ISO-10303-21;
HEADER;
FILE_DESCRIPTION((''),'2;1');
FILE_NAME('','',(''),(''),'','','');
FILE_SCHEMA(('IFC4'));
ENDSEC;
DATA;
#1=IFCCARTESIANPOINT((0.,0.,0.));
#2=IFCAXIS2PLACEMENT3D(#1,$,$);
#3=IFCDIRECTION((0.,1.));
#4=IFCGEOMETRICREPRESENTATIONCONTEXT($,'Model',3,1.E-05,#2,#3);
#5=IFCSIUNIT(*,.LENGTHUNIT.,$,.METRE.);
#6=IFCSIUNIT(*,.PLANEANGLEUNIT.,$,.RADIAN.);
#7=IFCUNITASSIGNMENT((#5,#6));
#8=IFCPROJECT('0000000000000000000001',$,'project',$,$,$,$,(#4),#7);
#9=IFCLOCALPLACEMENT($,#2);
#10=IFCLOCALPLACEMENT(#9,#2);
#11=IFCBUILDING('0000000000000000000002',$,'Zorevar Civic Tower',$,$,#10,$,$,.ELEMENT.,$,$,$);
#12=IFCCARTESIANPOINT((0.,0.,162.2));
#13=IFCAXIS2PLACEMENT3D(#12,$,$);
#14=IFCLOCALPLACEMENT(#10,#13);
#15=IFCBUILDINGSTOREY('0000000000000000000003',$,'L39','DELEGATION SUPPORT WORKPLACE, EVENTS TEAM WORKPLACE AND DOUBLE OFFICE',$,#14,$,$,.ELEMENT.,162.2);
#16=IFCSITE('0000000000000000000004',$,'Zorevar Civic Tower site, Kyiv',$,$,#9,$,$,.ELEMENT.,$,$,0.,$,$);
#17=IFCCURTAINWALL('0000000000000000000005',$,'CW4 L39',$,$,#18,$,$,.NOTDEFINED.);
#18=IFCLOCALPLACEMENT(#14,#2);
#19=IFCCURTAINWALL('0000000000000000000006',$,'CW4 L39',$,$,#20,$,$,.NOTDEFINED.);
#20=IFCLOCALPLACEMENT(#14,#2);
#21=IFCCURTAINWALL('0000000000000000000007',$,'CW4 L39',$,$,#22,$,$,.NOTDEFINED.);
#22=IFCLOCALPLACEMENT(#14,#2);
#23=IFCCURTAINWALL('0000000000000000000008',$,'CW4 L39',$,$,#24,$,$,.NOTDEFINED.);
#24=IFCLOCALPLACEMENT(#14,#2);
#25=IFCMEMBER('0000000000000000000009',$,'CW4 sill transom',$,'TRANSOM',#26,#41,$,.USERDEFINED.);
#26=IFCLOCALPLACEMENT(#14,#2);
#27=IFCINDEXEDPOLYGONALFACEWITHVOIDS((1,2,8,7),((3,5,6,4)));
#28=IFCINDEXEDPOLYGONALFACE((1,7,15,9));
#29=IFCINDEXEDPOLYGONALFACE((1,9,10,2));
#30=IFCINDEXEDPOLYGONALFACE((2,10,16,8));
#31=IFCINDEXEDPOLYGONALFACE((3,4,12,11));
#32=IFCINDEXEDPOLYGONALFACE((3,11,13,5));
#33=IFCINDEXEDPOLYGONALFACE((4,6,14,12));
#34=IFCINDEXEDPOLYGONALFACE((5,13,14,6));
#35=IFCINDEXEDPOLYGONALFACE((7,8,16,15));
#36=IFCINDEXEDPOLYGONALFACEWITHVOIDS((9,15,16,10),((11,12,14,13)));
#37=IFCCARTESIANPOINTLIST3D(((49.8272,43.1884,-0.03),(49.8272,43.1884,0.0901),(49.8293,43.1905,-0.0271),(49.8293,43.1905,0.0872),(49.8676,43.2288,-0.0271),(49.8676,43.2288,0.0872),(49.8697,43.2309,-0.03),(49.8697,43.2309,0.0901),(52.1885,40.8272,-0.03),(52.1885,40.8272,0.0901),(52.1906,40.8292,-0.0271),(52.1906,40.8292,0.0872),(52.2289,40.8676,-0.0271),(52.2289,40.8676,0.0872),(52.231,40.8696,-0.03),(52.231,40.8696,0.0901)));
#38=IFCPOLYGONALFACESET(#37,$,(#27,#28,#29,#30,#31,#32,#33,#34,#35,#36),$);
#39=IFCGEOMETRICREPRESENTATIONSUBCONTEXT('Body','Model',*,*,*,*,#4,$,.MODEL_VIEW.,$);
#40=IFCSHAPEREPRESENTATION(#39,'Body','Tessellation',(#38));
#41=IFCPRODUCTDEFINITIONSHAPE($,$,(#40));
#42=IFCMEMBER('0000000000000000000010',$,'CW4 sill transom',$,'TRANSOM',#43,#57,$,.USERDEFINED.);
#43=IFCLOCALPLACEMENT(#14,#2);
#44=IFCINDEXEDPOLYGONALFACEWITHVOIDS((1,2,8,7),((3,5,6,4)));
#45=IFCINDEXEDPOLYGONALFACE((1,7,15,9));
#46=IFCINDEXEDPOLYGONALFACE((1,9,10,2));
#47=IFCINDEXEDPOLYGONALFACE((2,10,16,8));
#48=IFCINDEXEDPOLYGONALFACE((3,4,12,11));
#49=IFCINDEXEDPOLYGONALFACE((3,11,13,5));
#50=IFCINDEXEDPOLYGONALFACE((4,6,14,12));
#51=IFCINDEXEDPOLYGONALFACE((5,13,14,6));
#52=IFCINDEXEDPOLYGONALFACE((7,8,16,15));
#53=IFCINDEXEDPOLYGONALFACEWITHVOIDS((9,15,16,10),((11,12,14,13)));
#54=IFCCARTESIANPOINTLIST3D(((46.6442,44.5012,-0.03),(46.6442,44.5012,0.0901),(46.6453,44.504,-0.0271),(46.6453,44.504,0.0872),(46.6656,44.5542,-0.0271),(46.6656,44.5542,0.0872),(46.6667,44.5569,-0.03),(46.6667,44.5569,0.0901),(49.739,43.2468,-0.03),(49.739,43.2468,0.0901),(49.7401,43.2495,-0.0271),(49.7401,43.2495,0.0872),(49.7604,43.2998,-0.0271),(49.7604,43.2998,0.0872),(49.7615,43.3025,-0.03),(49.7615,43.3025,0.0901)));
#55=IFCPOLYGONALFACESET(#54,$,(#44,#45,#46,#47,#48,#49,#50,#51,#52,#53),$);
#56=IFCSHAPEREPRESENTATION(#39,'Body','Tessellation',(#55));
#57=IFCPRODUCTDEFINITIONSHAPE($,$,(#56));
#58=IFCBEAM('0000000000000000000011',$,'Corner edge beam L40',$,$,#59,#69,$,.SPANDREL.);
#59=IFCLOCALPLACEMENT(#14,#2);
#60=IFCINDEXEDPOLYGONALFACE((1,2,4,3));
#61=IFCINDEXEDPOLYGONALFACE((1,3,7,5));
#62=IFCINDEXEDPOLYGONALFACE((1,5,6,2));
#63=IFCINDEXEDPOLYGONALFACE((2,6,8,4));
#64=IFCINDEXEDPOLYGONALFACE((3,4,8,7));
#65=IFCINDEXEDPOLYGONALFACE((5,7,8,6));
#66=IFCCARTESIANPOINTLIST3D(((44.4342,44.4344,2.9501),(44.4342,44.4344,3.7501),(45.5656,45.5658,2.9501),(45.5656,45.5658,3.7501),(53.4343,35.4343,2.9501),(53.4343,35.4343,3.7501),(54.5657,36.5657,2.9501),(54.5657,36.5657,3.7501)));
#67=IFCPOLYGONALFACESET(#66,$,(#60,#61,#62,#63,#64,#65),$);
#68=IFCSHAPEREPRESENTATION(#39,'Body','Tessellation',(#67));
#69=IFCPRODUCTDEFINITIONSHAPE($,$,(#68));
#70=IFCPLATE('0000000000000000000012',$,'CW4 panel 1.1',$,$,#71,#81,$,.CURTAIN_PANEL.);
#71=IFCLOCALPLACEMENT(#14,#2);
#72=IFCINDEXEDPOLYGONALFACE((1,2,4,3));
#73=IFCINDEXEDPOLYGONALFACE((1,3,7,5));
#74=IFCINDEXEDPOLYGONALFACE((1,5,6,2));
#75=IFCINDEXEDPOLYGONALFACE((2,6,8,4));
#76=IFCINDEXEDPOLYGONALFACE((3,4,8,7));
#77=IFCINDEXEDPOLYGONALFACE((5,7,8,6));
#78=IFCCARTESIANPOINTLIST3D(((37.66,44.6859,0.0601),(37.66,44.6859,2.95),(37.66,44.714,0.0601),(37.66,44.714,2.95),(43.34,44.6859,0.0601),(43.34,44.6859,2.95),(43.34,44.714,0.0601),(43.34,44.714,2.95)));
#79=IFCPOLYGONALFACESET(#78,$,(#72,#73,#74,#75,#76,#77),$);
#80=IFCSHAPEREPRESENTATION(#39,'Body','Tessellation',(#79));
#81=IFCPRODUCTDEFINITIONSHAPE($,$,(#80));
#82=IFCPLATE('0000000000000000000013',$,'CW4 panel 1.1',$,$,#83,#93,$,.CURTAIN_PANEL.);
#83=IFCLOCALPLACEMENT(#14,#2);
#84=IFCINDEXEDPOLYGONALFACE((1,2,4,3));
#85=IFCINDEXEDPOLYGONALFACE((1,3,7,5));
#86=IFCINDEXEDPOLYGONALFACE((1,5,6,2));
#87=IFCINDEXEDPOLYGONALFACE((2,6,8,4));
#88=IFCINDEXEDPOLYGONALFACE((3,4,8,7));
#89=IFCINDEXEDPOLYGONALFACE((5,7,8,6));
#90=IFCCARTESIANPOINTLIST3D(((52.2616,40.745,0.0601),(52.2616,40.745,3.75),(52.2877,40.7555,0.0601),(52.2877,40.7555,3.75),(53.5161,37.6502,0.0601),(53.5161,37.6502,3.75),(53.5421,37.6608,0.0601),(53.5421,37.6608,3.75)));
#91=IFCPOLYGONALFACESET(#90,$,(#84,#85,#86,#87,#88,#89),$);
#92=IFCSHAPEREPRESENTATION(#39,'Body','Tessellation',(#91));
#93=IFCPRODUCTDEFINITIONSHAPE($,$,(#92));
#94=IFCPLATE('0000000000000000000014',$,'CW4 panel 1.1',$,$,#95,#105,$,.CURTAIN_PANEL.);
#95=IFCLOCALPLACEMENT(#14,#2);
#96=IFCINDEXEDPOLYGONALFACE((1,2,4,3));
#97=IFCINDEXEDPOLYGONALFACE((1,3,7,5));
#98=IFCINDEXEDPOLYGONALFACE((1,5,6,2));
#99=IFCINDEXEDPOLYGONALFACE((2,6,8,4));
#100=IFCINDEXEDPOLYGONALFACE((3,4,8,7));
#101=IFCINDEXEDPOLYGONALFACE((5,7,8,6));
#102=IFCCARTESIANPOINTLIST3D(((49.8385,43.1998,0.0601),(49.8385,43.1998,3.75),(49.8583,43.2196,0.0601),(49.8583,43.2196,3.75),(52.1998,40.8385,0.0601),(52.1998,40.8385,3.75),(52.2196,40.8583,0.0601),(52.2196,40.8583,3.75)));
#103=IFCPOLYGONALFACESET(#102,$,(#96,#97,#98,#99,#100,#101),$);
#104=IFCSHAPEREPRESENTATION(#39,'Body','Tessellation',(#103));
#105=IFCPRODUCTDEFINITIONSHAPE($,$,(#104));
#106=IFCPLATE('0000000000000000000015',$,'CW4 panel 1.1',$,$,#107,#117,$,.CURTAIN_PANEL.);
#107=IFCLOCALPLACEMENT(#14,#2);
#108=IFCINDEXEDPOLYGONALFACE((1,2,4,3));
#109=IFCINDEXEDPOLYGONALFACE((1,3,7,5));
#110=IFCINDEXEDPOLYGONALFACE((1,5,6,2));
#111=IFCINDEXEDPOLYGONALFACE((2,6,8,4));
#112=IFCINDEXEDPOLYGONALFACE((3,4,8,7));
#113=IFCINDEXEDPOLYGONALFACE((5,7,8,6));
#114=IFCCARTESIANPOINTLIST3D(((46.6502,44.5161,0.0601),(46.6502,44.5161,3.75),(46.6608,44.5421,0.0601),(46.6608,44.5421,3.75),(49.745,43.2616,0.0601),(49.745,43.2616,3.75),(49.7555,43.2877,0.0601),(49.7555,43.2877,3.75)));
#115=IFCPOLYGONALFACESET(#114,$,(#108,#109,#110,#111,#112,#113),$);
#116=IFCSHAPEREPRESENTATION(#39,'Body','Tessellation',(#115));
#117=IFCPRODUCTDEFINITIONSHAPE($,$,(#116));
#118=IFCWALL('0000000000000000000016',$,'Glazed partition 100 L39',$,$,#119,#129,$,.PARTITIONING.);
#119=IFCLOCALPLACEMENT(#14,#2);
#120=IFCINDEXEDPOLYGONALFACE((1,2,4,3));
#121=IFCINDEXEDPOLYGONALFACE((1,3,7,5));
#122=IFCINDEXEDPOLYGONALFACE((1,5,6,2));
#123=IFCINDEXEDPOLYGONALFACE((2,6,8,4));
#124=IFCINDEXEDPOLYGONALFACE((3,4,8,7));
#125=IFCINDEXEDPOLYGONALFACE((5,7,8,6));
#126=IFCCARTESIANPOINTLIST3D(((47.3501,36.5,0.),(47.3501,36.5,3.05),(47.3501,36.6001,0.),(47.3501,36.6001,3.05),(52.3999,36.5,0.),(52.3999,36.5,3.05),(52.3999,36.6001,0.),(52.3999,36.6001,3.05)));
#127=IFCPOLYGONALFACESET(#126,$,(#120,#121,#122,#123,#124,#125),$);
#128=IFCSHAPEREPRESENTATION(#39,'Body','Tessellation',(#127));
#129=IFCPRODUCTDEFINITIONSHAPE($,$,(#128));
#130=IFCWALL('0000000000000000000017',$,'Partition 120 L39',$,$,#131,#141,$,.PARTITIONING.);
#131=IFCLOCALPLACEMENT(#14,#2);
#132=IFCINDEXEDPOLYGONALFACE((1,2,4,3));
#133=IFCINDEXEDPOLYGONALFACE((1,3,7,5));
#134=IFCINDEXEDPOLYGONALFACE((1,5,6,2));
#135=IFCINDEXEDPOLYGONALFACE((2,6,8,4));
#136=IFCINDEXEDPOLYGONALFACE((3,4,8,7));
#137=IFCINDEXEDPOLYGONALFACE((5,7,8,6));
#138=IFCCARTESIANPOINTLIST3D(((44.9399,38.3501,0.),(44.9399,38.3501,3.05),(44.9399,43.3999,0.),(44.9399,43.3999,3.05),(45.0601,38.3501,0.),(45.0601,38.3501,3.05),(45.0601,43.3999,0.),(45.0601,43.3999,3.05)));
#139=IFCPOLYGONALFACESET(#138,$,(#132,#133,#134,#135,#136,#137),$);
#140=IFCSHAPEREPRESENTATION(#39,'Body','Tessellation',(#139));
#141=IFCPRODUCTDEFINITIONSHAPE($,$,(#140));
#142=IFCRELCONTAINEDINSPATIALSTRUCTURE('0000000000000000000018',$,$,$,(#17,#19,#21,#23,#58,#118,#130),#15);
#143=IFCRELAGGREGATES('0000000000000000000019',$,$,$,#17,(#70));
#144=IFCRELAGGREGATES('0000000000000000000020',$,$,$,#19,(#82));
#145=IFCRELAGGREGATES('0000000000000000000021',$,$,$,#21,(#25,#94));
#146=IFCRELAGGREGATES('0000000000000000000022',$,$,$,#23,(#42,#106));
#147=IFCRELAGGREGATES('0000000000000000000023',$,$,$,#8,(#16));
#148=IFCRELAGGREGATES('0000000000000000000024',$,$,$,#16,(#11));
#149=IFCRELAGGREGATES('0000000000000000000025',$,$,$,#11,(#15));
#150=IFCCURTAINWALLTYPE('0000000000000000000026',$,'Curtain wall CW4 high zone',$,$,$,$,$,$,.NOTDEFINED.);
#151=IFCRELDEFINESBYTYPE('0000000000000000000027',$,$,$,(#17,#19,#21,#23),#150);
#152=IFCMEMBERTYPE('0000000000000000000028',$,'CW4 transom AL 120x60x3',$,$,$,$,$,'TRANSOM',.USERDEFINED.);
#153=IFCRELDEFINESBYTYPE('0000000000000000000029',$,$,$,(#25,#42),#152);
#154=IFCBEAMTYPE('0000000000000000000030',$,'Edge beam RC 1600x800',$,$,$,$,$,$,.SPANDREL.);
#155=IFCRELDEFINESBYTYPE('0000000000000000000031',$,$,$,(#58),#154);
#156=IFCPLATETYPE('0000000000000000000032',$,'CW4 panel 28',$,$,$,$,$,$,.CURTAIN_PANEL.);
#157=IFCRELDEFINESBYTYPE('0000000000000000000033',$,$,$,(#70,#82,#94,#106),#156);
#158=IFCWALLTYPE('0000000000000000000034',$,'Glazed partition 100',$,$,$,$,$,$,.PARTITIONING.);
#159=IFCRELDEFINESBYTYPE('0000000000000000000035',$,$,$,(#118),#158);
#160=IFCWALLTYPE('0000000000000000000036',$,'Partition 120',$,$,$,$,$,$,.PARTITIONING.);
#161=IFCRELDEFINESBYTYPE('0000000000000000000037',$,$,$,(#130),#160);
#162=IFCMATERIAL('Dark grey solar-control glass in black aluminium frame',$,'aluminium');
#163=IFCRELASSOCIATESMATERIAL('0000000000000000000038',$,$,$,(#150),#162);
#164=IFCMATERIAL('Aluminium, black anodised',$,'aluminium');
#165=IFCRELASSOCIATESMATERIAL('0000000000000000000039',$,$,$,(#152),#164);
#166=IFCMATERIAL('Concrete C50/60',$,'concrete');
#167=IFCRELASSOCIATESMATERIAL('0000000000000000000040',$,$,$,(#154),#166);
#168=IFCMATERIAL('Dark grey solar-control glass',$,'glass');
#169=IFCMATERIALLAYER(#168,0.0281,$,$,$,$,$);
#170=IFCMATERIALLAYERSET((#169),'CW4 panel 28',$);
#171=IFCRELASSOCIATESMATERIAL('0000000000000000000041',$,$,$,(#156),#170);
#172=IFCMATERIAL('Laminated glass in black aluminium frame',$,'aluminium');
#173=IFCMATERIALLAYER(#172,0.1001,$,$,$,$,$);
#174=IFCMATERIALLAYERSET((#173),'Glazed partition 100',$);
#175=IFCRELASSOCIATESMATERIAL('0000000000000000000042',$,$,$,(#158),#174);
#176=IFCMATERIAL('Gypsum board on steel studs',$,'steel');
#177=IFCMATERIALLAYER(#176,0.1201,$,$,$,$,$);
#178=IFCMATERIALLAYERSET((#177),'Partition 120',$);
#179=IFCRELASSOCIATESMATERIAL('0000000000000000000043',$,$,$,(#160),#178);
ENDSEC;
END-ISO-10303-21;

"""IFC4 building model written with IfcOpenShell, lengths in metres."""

from ifc_helpers import new_model, si_unit, direction, frame, frame_2d, origin, origin_2d, place, context, subcontext, project, spatial, rectangle, hollow_rectangle, extrude, material, layer, layer_set, material_profile, profile_set, type_object, element, aggregate, save


model = new_model("IFC4")

# Units and contexts
model_context = context("Model", 3, precision=1e-05, world=origin(), true_north=direction((0.0, 1.0)))
body_context = subcontext(model_context, "Body", "Model", "MODEL_VIEW")
ifc_project = project(units=[si_unit("LENGTHUNIT", "METRE"), si_unit("PLANEANGLEUNIT", "RADIAN")], contexts=[model_context])

# Site, building, storey
site_placement = place(None, origin())
site = spatial("IfcSite", under=ifc_project, at=site_placement, Name="Zorevar Civic Tower site, Kyiv", CompositionType="ELEMENT", RefElevation=0.0)
building_placement = place(site_placement, origin())
building = spatial("IfcBuilding", under=site, at=building_placement, Name="Zorevar Civic Tower", CompositionType="ELEMENT")
storey_placement = place(building_placement, frame((0.0, 0.0, 162.2)))
storey = spatial("IfcBuildingStorey", under=building, at=storey_placement, Name="L39", Description="DELEGATION SUPPORT WORKPLACE, EVENTS TEAM WORKPLACE AND DOUBLE OFFICE", CompositionType="ELEMENT", Elevation=162.2)

# Curtain wall
ifc_material_1 = material(Name="Dark grey solar-control glass in black aluminium frame", Category="aluminium")
curtain_wall_type = type_object("IfcCurtainWallType", Name="Curtain wall CW4 high zone", PredefinedType="NOTDEFINED", material=ifc_material_1)
curtain_wall_1_placement = place(storey_placement, origin())
curtain_wall_1 = element("IfcCurtainWall", 1, at=curtain_wall_1_placement, inside=storey, type_object=curtain_wall_type, Name="CW4 L39", PredefinedType="NOTDEFINED")

# Curtain walls
curtain_wall_2_placement = place(storey_placement, origin())
curtain_wall_2 = element("IfcCurtainWall", 2, at=curtain_wall_2_placement, inside=storey, type_object=curtain_wall_type, Name="CW4 L39", PredefinedType="NOTDEFINED")
curtain_wall_3_placement = place(storey_placement, origin())
curtain_wall_3 = element("IfcCurtainWall", 3, at=curtain_wall_3_placement, inside=storey, type_object=curtain_wall_type, Name="CW4 L39", PredefinedType="NOTDEFINED")
curtain_wall_4_placement = place(storey_placement, origin())
curtain_wall_4 = element("IfcCurtainWall", 4, at=curtain_wall_4_placement, inside=storey, type_object=curtain_wall_type, Name="CW4 L39", PredefinedType="NOTDEFINED")

# Members
ifc_material_2 = material(Name="Aluminium, black anodised", Category="aluminium")
ifc_material_profile_1 = material_profile(ifc_material_2, hollow_rectangle(XDim=0.0601, YDim=0.1201, WallThickness=0.0029, at=origin_2d()), Name="AL 120x60x3")
ifc_profile_set_1 = profile_set([ifc_material_profile_1], Name="Aluminium, black anodised")
member_type_1 = type_object("IfcMemberType", Name="CW4 transom AL 120x60x3", ElementType="TRANSOM", PredefinedType="USERDEFINED", material=ifc_profile_set_1)
member_1_placement = place(storey_placement, frame((52.2097, 40.8484, 0.03), z_axis=(-0.707107, 0.707107, 0.0), x_axis=(-0.707107, -0.707107, 0.0)))
member_1 = element("IfcMember", 5, at=member_1_placement, type_object=member_type_1, Name="CW4 sill transom", ObjectType="TRANSOM", PredefinedType="USERDEFINED", context=body_context, shape_type="SweptSolid", body=[
    extrude(hollow_rectangle(XDim=0.0601, YDim=0.1201, WallThickness=0.0029, at=origin_2d()), origin(), (0.0, 0.0, 1.0), 3.3394),
])
member_2_placement = place(storey_placement, frame((49.7502, 43.2747, 0.03), z_axis=(-0.926763, 0.375647, 0.0), x_axis=(-0.375647, -0.926763, 0.0)))
member_2 = element("IfcMember", 6, at=member_2_placement, type_object=member_type_1, Name="CW4 sill transom", ObjectType="TRANSOM", PredefinedType="USERDEFINED", context=body_context, shape_type="SweptSolid", body=[
    extrude(hollow_rectangle(XDim=0.0601, YDim=0.1201, WallThickness=0.0029, at=origin_2d()), origin(), (0.0, 0.0, 1.0), 3.3394),
])

# Beam
ifc_material_3 = material(Name="Concrete C50/60", Category="concrete")
ifc_material_profile_2 = material_profile(ifc_material_3, rectangle(XDim=1.6001, YDim=0.8, at=origin_2d()), Name="RC 1600x800")
ifc_profile_set_2 = profile_set([ifc_material_profile_2], Name="Concrete C50/60")
beam_type_1 = type_object("IfcBeamType", Name="Edge beam RC 1600x800", PredefinedType="SPANDREL", material=ifc_profile_set_2)
beam_1_placement = place(storey_placement, frame((54.0, 36.0, 3.3501), z_axis=(-0.707107, 0.707107, 0.0), x_axis=(-0.707107, -0.707107, 0.0)))
element("IfcBeam", 7, at=beam_1_placement, inside=storey, type_object=beam_type_1, Name="Corner edge beam L40", PredefinedType="SPANDREL", context=body_context, shape_type="SweptSolid", body=[
    extrude(rectangle(XDim=1.6001, YDim=0.8, at=origin_2d()), origin(), (0.0, 0.0, 1.0), 12.728),
])

# Plates
ifc_material_4 = material(Name="Dark grey solar-control glass", Category="glass")
ifc_layer_1 = layer(ifc_material_4, 0.0281)
ifc_layer_set_1 = layer_set([ifc_layer_1], Name="CW4 panel 28")
plate_type = type_object("IfcPlateType", Name="CW4 panel 28", PredefinedType="CURTAIN_PANEL", material=ifc_layer_set_1)
plate_1_placement = place(storey_placement, frame((40.5, 44.7, 0.0601), z_axis=(0.0, 0.0, 1.0), x_axis=(1.0, 0.0, 0.0)))
plate_1 = element("IfcPlate", 8, at=plate_1_placement, type_object=plate_type, Name="CW4 panel 1.1", PredefinedType="CURTAIN_PANEL", context=body_context, shape_type="SweptSolid", body=[
    extrude(rectangle(XDim=5.6799, YDim=0.0281, at=origin_2d()), origin(), (0.0, 0.0, 1.0), 2.8899),
])
aggregate(curtain_wall_1, [plate_1])
plate_2_placement = place(storey_placement, frame((52.9019, 39.2029, 0.0601), z_axis=(0.0, 0.0, 1.0), x_axis=(-0.37565, 0.926762, 0.0)))
plate_2 = element("IfcPlate", 9, at=plate_2_placement, type_object=plate_type, Name="CW4 panel 1.1", PredefinedType="CURTAIN_PANEL", context=body_context, shape_type="SweptSolid", body=[
    extrude(rectangle(XDim=3.3394, YDim=0.0281, at=origin_2d()), origin(), (0.0, 0.0, 1.0), 3.6899),
])
aggregate(curtain_wall_2, [plate_2])
plate_3_placement = place(storey_placement, frame((51.0291, 42.0291, 0.0601), z_axis=(0.0, 0.0, 1.0), x_axis=(-0.707107, 0.707107, 0.0)))
plate_3 = element("IfcPlate", 10, at=plate_3_placement, type_object=plate_type, Name="CW4 panel 1.1", PredefinedType="CURTAIN_PANEL", context=body_context, shape_type="SweptSolid", body=[
    extrude(rectangle(XDim=3.3394, YDim=0.0281, at=origin_2d()), origin(), (0.0, 0.0, 1.0), 3.6899),
])
aggregate(curtain_wall_3, [member_1, plate_3])
plate_4_placement = place(storey_placement, frame((48.2029, 43.9019, 0.0601), z_axis=(0.0, 0.0, 1.0), x_axis=(-0.926762, 0.37565, 0.0)))
plate_4 = element("IfcPlate", 11, at=plate_4_placement, type_object=plate_type, Name="CW4 panel 1.1", PredefinedType="CURTAIN_PANEL", context=body_context, shape_type="SweptSolid", body=[
    extrude(rectangle(XDim=3.3394, YDim=0.0281, at=origin_2d()), origin(), (0.0, 0.0, 1.0), 3.6899),
])
aggregate(curtain_wall_4, [member_2, plate_4])

# Wall
ifc_material_5 = material(Name="Laminated glass in black aluminium frame", Category="aluminium")
ifc_layer_2 = layer(ifc_material_5, 0.1001)
ifc_layer_set_2 = layer_set([ifc_layer_2], Name="Glazed partition 100")
wall_type_1 = type_object("IfcWallType", Name="Glazed partition 100", PredefinedType="PARTITIONING", material=ifc_layer_set_2)
wall_1_placement = place(storey_placement, frame((47.3501, 36.55, 0.0), z_axis=(0.0, 0.0, 1.0), x_axis=(1.0, 0.0, 0.0)))
element("IfcWall", 12, at=wall_1_placement, inside=storey, type_object=wall_type_1, Name="Glazed partition 100 L39", PredefinedType="PARTITIONING", context=body_context, shape_type="SweptSolid", body=[
    extrude(rectangle(XDim=5.0498, YDim=0.1001, at=frame_2d((2.5249, 0.0))), origin(), (0.0, 0.0, 1.0), 3.05),
])

# Wall
ifc_material_6 = material(Name="Gypsum board on steel studs", Category="steel")
ifc_layer_3 = layer(ifc_material_6, 0.1201)
ifc_layer_set_3 = layer_set([ifc_layer_3], Name="Partition 120")
wall_type_2 = type_object("IfcWallType", Name="Partition 120", PredefinedType="PARTITIONING", material=ifc_layer_set_3)
wall_2_placement = place(storey_placement, frame((45.0, 38.3501, 0.0), z_axis=(0.0, 0.0, 1.0), x_axis=(0.0, 1.0, 0.0)))
element("IfcWall", 13, at=wall_2_placement, inside=storey, type_object=wall_type_2, Name="Partition 120 L39", PredefinedType="PARTITIONING", context=body_context, shape_type="SweptSolid", body=[
    extrude(rectangle(XDim=5.0498, YDim=0.1201, at=frame_2d((2.5249, 0.0))), origin(), (0.0, 0.0, 1.0), 3.05),
])

save(model, "model.ifc")
